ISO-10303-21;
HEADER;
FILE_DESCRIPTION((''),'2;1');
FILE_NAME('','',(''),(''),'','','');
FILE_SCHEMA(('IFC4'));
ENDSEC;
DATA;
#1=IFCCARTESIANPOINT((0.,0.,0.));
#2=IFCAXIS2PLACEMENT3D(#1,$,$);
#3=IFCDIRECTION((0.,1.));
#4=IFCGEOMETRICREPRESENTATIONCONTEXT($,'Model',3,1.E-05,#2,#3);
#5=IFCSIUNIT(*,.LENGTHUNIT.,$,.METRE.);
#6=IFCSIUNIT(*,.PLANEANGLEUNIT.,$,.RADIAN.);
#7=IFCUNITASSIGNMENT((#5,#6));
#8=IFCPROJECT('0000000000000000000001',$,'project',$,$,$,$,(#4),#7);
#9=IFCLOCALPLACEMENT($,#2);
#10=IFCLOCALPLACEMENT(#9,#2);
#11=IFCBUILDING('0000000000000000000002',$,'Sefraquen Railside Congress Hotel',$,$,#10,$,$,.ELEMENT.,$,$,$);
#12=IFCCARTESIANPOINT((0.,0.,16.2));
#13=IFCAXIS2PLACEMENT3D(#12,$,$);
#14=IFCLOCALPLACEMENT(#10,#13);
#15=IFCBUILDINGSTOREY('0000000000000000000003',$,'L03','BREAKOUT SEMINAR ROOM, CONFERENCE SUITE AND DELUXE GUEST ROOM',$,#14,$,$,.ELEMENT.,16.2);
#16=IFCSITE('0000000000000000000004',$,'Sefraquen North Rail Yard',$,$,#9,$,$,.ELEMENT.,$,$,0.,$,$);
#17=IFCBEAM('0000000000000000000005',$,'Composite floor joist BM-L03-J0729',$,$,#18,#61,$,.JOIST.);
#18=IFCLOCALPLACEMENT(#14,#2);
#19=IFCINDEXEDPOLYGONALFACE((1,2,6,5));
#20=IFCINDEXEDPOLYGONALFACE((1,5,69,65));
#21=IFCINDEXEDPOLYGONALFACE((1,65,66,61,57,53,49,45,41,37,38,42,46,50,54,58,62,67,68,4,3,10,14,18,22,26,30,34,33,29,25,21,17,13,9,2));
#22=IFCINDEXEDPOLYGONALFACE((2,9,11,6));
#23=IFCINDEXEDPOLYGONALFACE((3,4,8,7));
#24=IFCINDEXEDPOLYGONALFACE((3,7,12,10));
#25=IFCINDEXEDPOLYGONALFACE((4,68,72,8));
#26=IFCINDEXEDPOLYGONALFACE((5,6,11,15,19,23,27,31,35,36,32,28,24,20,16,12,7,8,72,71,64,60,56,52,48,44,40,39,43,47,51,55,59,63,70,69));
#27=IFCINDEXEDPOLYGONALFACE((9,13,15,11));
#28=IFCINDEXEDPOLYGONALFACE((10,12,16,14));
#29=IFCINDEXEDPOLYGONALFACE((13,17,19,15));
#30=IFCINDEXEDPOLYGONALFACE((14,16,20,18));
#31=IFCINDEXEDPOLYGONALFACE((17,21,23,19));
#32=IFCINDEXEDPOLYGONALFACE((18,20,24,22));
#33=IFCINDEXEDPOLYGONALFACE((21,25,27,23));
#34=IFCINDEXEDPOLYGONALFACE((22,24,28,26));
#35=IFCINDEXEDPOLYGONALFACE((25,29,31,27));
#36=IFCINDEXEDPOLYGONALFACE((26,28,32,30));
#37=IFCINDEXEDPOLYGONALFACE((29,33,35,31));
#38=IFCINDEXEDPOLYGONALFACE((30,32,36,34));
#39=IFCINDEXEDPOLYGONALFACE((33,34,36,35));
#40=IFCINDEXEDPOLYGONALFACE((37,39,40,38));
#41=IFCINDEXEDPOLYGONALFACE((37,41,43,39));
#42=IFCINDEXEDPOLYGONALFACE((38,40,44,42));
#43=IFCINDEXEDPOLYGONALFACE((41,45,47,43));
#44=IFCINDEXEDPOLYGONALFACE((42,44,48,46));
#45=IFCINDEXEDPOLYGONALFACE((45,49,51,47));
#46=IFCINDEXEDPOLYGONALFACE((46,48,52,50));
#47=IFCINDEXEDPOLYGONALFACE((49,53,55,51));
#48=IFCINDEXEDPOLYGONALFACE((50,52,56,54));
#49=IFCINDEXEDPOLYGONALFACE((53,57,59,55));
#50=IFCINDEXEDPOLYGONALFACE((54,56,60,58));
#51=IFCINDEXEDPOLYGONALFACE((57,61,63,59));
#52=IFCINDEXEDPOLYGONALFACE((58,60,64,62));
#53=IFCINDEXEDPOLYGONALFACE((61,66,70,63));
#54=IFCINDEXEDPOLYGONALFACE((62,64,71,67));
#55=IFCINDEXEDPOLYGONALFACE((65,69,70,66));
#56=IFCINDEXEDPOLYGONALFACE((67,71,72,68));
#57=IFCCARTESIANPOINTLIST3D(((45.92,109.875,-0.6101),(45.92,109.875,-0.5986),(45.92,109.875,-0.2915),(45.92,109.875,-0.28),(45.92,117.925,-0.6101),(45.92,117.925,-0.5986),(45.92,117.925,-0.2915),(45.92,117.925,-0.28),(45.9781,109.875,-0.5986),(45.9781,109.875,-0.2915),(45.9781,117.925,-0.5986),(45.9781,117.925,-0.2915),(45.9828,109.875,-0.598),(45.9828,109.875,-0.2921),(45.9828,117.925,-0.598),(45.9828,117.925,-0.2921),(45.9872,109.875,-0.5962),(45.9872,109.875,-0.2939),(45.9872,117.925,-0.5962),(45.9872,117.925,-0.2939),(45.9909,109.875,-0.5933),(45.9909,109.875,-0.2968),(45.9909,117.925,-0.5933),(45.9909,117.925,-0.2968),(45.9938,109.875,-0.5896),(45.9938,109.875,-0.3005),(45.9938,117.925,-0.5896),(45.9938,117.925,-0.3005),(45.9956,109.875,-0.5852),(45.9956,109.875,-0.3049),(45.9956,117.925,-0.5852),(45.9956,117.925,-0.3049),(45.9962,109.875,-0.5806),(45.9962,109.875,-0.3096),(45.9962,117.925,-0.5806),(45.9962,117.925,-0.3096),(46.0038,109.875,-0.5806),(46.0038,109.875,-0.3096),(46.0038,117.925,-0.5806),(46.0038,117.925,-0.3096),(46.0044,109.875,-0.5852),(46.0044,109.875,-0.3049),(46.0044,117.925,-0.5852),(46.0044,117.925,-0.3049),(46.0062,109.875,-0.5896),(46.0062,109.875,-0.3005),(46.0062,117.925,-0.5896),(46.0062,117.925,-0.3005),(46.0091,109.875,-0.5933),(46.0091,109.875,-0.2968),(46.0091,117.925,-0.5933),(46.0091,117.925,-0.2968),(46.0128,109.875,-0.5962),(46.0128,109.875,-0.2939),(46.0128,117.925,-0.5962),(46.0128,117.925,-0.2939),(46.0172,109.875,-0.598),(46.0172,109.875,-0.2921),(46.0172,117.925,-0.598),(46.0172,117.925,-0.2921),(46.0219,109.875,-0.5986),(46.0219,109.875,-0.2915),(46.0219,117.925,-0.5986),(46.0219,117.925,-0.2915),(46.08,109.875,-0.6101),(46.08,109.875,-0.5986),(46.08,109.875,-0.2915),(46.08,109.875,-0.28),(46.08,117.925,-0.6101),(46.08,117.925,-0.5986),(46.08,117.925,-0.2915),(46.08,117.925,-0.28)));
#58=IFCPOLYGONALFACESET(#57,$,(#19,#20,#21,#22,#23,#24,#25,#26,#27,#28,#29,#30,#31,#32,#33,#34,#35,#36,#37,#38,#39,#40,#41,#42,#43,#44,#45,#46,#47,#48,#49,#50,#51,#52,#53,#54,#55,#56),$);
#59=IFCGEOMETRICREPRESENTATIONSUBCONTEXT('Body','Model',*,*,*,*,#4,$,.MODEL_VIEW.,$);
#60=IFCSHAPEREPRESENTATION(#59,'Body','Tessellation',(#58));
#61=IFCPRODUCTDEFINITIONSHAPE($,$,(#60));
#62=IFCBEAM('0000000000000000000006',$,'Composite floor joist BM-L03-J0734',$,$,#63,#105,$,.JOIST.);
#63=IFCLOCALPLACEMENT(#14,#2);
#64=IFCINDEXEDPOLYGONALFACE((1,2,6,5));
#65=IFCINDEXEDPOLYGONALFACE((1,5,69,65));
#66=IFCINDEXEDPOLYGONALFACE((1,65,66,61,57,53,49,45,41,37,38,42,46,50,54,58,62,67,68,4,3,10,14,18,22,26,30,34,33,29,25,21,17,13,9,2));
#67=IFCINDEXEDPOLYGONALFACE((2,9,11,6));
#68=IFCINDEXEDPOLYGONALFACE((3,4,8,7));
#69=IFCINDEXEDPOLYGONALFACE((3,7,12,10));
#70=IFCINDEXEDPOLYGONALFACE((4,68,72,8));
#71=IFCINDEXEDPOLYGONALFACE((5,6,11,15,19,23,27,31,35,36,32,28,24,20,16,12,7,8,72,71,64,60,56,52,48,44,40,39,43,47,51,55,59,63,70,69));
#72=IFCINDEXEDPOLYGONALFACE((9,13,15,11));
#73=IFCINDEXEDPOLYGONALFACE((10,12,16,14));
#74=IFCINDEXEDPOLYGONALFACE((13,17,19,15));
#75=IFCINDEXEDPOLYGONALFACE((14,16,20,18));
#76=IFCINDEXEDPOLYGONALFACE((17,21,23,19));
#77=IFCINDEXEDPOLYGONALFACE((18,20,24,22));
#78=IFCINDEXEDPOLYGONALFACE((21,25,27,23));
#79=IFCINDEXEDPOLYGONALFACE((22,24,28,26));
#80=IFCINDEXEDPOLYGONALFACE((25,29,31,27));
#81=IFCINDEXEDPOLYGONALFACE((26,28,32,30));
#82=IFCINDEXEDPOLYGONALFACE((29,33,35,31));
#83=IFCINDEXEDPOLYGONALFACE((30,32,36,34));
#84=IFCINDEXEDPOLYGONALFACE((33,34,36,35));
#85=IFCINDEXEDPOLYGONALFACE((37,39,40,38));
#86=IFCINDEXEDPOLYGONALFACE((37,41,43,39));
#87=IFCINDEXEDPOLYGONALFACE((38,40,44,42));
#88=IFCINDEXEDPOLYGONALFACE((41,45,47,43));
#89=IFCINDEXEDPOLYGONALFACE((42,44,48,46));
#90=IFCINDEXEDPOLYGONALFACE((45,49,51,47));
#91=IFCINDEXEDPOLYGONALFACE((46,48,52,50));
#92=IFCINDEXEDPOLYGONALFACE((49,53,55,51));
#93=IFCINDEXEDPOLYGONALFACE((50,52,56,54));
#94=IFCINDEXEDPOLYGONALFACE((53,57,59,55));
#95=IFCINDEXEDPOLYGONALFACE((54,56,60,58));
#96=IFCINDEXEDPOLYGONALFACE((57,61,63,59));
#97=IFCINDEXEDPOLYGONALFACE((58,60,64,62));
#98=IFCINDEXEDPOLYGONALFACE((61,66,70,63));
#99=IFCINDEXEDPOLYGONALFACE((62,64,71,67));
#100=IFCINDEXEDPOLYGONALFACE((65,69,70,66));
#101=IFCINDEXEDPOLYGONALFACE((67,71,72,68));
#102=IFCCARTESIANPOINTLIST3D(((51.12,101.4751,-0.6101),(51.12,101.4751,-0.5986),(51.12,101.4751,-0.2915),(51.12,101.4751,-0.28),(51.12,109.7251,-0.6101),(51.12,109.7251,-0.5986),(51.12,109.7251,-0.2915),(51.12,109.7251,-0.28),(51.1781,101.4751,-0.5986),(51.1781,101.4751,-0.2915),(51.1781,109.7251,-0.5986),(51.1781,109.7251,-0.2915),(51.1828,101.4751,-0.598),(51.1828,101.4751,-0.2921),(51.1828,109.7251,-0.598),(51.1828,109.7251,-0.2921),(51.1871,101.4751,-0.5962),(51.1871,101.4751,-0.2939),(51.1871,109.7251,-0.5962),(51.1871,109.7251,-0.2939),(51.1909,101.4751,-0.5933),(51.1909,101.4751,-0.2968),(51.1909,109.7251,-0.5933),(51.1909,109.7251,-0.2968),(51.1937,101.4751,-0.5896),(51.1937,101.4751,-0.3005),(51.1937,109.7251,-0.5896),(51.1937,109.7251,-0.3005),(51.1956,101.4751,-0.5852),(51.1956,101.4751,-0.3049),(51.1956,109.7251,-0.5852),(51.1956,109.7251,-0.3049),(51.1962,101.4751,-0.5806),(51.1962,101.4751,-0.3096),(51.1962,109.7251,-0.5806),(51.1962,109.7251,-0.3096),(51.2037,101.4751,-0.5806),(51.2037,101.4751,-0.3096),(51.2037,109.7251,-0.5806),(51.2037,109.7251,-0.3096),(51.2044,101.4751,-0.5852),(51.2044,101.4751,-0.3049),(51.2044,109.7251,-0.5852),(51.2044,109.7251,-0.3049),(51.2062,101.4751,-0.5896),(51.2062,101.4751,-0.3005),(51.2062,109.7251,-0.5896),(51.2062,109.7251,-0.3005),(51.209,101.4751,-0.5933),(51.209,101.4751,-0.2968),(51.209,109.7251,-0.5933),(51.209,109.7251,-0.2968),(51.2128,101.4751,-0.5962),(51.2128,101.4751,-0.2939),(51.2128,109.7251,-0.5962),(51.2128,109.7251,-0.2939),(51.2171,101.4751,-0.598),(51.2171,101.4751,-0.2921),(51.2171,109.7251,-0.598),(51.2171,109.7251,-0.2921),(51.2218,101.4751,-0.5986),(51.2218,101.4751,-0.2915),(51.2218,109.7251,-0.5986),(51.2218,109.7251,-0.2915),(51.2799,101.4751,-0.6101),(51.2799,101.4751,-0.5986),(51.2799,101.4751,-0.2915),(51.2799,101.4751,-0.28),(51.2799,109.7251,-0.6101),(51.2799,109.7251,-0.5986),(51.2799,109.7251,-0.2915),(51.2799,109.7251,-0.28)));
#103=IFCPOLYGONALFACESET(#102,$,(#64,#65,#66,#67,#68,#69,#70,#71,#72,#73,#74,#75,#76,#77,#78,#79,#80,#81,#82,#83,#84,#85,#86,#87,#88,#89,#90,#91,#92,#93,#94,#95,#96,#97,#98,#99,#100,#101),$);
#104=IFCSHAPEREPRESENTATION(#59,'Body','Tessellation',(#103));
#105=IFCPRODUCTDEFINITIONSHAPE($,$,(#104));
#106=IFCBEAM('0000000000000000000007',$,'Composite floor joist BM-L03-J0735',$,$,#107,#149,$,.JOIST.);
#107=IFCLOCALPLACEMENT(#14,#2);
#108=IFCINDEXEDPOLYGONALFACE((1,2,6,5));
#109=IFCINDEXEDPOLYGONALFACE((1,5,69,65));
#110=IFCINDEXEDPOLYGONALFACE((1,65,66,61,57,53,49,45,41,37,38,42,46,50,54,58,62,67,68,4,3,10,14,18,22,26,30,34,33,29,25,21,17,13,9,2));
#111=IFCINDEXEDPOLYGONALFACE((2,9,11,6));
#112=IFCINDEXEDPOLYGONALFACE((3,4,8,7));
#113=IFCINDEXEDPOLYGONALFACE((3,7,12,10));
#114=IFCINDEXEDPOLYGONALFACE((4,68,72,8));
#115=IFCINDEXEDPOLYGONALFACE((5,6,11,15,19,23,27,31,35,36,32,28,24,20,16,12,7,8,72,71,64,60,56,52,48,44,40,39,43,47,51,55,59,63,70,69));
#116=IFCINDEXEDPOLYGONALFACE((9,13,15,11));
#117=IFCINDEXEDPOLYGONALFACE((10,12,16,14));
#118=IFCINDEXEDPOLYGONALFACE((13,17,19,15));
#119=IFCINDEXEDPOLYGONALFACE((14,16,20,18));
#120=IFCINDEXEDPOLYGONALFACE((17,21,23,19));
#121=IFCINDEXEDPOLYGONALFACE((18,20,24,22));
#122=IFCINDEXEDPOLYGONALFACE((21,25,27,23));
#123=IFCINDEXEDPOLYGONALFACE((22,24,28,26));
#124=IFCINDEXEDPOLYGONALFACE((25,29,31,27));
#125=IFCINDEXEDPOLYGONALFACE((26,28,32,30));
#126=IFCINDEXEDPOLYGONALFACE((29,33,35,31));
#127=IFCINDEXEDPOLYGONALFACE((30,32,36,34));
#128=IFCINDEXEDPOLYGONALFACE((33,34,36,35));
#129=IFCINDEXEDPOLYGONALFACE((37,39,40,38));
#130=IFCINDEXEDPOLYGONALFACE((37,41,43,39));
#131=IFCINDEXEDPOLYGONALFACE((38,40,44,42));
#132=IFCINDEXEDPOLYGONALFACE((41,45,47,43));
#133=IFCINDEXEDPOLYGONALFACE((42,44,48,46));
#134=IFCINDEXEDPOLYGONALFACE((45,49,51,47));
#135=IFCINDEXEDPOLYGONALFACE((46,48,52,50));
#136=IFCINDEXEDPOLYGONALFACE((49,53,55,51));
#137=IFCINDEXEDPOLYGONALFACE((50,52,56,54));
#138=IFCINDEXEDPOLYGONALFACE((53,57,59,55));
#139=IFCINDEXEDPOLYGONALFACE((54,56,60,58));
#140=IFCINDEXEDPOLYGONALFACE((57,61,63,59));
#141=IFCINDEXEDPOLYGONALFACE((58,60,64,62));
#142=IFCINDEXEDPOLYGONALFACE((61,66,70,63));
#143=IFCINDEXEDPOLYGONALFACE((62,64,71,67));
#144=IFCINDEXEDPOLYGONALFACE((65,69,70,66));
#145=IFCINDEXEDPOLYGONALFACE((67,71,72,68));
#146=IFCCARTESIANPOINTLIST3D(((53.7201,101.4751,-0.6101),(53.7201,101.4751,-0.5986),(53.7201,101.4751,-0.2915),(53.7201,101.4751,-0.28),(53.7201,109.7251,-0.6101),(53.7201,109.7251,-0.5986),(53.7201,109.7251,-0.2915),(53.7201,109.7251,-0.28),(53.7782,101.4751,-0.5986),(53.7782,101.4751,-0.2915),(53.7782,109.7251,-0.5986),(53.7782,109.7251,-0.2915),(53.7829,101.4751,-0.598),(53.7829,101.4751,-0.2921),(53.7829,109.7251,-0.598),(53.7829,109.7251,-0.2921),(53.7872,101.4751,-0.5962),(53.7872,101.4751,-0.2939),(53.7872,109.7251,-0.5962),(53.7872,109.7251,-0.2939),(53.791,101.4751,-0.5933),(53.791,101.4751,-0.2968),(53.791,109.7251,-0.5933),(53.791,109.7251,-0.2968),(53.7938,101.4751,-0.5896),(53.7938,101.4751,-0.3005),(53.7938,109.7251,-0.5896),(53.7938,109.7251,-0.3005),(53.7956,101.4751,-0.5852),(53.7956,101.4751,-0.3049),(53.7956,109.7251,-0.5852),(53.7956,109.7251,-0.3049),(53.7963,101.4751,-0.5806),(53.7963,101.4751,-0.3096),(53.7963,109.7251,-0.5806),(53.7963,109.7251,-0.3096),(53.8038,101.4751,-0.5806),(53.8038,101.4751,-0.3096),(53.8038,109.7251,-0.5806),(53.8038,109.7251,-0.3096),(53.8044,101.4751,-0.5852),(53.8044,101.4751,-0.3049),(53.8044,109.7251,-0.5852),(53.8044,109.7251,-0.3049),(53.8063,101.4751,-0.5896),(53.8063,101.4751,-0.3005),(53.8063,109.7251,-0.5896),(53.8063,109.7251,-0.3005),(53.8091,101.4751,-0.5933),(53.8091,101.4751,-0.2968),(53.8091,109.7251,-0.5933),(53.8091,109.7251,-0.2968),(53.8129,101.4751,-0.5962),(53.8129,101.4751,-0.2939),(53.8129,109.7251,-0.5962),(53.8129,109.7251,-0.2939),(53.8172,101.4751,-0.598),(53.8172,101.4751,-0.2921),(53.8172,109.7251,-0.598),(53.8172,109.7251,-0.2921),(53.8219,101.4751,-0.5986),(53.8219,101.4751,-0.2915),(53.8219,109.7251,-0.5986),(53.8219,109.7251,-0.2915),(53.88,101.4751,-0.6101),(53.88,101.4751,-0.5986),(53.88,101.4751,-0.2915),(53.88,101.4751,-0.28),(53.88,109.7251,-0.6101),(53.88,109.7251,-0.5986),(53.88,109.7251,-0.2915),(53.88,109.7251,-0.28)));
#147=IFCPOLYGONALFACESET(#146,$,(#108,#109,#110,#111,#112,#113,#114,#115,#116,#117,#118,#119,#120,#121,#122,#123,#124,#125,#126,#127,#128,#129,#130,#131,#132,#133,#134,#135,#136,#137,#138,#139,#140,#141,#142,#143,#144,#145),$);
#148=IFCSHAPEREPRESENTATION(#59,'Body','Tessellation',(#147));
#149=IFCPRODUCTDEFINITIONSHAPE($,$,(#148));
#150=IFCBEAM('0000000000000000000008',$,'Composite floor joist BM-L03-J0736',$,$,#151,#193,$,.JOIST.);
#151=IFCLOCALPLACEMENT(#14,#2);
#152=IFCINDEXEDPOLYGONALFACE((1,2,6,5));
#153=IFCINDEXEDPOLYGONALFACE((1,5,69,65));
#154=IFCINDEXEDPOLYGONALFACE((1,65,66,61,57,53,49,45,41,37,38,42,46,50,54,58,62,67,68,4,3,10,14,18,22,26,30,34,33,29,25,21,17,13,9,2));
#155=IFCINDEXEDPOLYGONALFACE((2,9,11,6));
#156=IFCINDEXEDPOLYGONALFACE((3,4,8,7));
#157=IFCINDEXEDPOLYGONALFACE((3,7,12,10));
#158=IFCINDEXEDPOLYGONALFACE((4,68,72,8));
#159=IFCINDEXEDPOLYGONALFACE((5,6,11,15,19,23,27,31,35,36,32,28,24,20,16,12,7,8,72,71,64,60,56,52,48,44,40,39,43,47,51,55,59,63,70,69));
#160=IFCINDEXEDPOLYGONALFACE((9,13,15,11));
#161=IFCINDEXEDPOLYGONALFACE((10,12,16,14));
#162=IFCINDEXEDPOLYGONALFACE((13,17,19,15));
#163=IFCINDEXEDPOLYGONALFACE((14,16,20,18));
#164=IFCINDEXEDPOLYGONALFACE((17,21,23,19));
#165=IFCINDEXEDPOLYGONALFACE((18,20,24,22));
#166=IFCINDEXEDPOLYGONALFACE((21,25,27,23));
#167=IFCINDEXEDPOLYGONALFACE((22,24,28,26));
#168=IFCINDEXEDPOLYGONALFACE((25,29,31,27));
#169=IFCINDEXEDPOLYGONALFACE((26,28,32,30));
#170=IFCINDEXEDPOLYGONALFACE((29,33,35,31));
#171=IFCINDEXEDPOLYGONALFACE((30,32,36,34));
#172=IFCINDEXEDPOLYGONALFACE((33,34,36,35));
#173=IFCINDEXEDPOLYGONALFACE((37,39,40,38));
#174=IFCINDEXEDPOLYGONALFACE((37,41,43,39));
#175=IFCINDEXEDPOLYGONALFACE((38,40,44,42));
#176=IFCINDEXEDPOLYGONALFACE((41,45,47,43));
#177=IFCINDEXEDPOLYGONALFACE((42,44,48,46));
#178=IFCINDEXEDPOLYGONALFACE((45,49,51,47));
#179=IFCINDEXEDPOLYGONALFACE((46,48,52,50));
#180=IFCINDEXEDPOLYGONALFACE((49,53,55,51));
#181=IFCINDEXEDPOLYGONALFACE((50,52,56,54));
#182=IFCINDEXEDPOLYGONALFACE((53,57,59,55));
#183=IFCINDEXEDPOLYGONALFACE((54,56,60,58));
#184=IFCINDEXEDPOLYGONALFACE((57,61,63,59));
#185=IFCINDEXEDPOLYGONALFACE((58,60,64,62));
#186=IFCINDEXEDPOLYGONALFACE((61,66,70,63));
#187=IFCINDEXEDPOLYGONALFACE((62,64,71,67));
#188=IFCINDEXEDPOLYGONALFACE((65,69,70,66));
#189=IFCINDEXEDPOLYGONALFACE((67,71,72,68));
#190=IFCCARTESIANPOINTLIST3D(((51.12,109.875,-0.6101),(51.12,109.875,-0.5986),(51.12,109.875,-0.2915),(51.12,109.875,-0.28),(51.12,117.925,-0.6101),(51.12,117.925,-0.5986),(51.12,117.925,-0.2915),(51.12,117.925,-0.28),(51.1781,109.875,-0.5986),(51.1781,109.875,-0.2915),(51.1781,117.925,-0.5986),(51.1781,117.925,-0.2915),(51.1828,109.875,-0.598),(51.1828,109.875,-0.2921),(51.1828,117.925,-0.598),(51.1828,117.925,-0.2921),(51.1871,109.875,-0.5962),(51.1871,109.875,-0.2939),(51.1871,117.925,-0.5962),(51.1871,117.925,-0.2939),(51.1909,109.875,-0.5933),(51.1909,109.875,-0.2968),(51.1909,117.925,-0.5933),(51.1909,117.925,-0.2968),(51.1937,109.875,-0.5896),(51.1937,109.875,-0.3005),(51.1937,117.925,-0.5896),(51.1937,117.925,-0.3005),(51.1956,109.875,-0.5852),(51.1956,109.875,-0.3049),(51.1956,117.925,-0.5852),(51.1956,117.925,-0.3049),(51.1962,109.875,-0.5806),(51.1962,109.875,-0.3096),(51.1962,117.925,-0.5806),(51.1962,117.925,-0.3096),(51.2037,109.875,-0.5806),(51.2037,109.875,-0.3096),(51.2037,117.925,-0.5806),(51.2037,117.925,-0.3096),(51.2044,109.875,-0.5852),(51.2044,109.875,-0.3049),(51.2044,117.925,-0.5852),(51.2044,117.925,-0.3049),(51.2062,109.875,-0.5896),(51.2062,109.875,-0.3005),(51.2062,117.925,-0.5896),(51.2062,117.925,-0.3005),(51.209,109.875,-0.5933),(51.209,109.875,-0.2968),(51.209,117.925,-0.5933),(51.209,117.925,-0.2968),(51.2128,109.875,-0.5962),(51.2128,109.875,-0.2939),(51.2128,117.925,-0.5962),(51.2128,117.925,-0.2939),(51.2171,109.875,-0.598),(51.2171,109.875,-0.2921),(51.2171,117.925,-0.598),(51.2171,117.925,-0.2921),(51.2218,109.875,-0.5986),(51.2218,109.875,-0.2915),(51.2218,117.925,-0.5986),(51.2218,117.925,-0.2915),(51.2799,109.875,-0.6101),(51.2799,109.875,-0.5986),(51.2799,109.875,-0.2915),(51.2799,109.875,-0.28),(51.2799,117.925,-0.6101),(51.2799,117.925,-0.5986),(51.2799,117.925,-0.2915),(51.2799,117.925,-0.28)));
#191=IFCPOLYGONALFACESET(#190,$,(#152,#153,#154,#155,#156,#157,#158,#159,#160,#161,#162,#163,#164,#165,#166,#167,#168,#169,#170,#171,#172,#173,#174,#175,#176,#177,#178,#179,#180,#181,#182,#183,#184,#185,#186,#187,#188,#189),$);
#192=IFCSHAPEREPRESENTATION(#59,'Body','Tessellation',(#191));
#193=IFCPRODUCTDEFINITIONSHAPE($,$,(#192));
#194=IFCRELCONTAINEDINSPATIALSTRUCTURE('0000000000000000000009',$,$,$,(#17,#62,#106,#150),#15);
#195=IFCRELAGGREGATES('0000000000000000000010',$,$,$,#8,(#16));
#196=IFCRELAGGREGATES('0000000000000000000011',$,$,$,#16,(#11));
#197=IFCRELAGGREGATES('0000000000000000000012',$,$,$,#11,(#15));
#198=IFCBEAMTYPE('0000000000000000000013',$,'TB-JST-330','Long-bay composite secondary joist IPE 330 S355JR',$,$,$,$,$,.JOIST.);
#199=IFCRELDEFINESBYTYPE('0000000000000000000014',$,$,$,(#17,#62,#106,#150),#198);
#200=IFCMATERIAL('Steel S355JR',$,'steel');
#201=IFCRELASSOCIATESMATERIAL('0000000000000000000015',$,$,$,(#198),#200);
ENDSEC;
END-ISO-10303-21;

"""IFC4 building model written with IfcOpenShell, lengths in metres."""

from ifc_helpers import new_model, si_unit, direction, frame, origin, origin_2d, place, context, subcontext, project, spatial, i_section, extrude, material, material_profile, profile_set, type_object, element, save


model = new_model("IFC4")

# Units and contexts
model_context = context("Model", 3, precision=1e-05, world=origin(), true_north=direction((0.0, 1.0)))
body_context = subcontext(model_context, "Body", "Model", "MODEL_VIEW")
ifc_project = project(units=[si_unit("LENGTHUNIT", "METRE"), si_unit("PLANEANGLEUNIT", "RADIAN")], contexts=[model_context])

# Site, building, storey
site_placement = place(None, origin())
site = spatial("IfcSite", under=ifc_project, at=site_placement, Name="Sefraquen North Rail Yard", CompositionType="ELEMENT", RefElevation=0.0)
building_placement = place(site_placement, origin())
building = spatial("IfcBuilding", under=site, at=building_placement, Name="Sefraquen Railside Congress Hotel", CompositionType="ELEMENT")
storey_placement = place(building_placement, frame((0.0, 0.0, 16.2)))
storey = spatial("IfcBuildingStorey", under=building, at=storey_placement, Name="L03", Description="BREAKOUT SEMINAR ROOM, CONFERENCE SUITE AND DELUXE GUEST ROOM", CompositionType="ELEMENT", Elevation=16.2)

# Shared definitions
ifc_material_1 = material(Name="Steel S355JR", Category="steel")

# Beams
ifc_material_profile_1 = material_profile(ifc_material_1, i_section(OverallWidth=0.1599, OverallDepth=0.3301, WebThickness=0.0076, FlangeThickness=0.0115, FilletRadius=0.0181, at=origin_2d()), Name="IPE 330")
ifc_profile_set_1 = profile_set([ifc_material_profile_1], Name="Steel S355JR")
beam_type_1 = type_object("IfcBeamType", Name="TB-JST-330", Description="Long-bay composite secondary joist IPE 330 S355JR", PredefinedType="JOIST", material=ifc_profile_set_1)
beam_1_placement = place(storey_placement, frame((46.0, 109.875, -0.4451), z_axis=(0.0, 1.0, 0.0), x_axis=(-1.0, 0.0, 0.0)))
element("IfcBeam", 1, at=beam_1_placement, inside=storey, type_object=beam_type_1, Name="Composite floor joist BM-L03-J0729", PredefinedType="JOIST", context=body_context, shape_type="SweptSolid", body=[
    extrude(i_section(OverallWidth=0.1599, OverallDepth=0.3301, WebThickness=0.0076, FlangeThickness=0.0115, FilletRadius=0.0181, at=origin_2d()), origin(), (0.0, 0.0, 1.0), 8.05),
])
for number, where, z_axis, x_axis, name in (
    (2, (51.2, 101.4751, -0.4451), (0.0, 1.0, 0.0), (-1.0, 0.0, 0.0), "Composite floor joist BM-L03-J0734"),
    (3, (53.8, 101.4751, -0.4451), (0.0, 1.0, 0.0), (-1.0, 0.0, 0.0), "Composite floor joist BM-L03-J0735"),
):
    element("IfcBeam", number, at=place(storey_placement, frame(where, z_axis=z_axis, x_axis=x_axis)), inside=storey, type_object=beam_type_1, Name=name, PredefinedType="JOIST", context=body_context, shape_type="SweptSolid", body=[
        extrude(i_section(OverallWidth=0.1599, OverallDepth=0.3301, WebThickness=0.0076, FlangeThickness=0.0115, FilletRadius=0.0181, at=origin_2d()), origin(), (0.0, 0.0, 1.0), 8.25),
    ])
for number, where, z_axis, x_axis, name in (
    (4, (51.2, 109.875, -0.4451), (0.0, 1.0, 0.0), (-1.0, 0.0, 0.0), "Composite floor joist BM-L03-J0736"),
):
    element("IfcBeam", number, at=place(storey_placement, frame(where, z_axis=z_axis, x_axis=x_axis)), inside=storey, type_object=beam_type_1, Name=name, PredefinedType="JOIST", context=body_context, shape_type="SweptSolid", body=[
        extrude(i_section(OverallWidth=0.1599, OverallDepth=0.3301, WebThickness=0.0076, FlangeThickness=0.0115, FilletRadius=0.0181, at=origin_2d()), origin(), (0.0, 0.0, 1.0), 8.05),
    ])

save(model, "model.ifc")
